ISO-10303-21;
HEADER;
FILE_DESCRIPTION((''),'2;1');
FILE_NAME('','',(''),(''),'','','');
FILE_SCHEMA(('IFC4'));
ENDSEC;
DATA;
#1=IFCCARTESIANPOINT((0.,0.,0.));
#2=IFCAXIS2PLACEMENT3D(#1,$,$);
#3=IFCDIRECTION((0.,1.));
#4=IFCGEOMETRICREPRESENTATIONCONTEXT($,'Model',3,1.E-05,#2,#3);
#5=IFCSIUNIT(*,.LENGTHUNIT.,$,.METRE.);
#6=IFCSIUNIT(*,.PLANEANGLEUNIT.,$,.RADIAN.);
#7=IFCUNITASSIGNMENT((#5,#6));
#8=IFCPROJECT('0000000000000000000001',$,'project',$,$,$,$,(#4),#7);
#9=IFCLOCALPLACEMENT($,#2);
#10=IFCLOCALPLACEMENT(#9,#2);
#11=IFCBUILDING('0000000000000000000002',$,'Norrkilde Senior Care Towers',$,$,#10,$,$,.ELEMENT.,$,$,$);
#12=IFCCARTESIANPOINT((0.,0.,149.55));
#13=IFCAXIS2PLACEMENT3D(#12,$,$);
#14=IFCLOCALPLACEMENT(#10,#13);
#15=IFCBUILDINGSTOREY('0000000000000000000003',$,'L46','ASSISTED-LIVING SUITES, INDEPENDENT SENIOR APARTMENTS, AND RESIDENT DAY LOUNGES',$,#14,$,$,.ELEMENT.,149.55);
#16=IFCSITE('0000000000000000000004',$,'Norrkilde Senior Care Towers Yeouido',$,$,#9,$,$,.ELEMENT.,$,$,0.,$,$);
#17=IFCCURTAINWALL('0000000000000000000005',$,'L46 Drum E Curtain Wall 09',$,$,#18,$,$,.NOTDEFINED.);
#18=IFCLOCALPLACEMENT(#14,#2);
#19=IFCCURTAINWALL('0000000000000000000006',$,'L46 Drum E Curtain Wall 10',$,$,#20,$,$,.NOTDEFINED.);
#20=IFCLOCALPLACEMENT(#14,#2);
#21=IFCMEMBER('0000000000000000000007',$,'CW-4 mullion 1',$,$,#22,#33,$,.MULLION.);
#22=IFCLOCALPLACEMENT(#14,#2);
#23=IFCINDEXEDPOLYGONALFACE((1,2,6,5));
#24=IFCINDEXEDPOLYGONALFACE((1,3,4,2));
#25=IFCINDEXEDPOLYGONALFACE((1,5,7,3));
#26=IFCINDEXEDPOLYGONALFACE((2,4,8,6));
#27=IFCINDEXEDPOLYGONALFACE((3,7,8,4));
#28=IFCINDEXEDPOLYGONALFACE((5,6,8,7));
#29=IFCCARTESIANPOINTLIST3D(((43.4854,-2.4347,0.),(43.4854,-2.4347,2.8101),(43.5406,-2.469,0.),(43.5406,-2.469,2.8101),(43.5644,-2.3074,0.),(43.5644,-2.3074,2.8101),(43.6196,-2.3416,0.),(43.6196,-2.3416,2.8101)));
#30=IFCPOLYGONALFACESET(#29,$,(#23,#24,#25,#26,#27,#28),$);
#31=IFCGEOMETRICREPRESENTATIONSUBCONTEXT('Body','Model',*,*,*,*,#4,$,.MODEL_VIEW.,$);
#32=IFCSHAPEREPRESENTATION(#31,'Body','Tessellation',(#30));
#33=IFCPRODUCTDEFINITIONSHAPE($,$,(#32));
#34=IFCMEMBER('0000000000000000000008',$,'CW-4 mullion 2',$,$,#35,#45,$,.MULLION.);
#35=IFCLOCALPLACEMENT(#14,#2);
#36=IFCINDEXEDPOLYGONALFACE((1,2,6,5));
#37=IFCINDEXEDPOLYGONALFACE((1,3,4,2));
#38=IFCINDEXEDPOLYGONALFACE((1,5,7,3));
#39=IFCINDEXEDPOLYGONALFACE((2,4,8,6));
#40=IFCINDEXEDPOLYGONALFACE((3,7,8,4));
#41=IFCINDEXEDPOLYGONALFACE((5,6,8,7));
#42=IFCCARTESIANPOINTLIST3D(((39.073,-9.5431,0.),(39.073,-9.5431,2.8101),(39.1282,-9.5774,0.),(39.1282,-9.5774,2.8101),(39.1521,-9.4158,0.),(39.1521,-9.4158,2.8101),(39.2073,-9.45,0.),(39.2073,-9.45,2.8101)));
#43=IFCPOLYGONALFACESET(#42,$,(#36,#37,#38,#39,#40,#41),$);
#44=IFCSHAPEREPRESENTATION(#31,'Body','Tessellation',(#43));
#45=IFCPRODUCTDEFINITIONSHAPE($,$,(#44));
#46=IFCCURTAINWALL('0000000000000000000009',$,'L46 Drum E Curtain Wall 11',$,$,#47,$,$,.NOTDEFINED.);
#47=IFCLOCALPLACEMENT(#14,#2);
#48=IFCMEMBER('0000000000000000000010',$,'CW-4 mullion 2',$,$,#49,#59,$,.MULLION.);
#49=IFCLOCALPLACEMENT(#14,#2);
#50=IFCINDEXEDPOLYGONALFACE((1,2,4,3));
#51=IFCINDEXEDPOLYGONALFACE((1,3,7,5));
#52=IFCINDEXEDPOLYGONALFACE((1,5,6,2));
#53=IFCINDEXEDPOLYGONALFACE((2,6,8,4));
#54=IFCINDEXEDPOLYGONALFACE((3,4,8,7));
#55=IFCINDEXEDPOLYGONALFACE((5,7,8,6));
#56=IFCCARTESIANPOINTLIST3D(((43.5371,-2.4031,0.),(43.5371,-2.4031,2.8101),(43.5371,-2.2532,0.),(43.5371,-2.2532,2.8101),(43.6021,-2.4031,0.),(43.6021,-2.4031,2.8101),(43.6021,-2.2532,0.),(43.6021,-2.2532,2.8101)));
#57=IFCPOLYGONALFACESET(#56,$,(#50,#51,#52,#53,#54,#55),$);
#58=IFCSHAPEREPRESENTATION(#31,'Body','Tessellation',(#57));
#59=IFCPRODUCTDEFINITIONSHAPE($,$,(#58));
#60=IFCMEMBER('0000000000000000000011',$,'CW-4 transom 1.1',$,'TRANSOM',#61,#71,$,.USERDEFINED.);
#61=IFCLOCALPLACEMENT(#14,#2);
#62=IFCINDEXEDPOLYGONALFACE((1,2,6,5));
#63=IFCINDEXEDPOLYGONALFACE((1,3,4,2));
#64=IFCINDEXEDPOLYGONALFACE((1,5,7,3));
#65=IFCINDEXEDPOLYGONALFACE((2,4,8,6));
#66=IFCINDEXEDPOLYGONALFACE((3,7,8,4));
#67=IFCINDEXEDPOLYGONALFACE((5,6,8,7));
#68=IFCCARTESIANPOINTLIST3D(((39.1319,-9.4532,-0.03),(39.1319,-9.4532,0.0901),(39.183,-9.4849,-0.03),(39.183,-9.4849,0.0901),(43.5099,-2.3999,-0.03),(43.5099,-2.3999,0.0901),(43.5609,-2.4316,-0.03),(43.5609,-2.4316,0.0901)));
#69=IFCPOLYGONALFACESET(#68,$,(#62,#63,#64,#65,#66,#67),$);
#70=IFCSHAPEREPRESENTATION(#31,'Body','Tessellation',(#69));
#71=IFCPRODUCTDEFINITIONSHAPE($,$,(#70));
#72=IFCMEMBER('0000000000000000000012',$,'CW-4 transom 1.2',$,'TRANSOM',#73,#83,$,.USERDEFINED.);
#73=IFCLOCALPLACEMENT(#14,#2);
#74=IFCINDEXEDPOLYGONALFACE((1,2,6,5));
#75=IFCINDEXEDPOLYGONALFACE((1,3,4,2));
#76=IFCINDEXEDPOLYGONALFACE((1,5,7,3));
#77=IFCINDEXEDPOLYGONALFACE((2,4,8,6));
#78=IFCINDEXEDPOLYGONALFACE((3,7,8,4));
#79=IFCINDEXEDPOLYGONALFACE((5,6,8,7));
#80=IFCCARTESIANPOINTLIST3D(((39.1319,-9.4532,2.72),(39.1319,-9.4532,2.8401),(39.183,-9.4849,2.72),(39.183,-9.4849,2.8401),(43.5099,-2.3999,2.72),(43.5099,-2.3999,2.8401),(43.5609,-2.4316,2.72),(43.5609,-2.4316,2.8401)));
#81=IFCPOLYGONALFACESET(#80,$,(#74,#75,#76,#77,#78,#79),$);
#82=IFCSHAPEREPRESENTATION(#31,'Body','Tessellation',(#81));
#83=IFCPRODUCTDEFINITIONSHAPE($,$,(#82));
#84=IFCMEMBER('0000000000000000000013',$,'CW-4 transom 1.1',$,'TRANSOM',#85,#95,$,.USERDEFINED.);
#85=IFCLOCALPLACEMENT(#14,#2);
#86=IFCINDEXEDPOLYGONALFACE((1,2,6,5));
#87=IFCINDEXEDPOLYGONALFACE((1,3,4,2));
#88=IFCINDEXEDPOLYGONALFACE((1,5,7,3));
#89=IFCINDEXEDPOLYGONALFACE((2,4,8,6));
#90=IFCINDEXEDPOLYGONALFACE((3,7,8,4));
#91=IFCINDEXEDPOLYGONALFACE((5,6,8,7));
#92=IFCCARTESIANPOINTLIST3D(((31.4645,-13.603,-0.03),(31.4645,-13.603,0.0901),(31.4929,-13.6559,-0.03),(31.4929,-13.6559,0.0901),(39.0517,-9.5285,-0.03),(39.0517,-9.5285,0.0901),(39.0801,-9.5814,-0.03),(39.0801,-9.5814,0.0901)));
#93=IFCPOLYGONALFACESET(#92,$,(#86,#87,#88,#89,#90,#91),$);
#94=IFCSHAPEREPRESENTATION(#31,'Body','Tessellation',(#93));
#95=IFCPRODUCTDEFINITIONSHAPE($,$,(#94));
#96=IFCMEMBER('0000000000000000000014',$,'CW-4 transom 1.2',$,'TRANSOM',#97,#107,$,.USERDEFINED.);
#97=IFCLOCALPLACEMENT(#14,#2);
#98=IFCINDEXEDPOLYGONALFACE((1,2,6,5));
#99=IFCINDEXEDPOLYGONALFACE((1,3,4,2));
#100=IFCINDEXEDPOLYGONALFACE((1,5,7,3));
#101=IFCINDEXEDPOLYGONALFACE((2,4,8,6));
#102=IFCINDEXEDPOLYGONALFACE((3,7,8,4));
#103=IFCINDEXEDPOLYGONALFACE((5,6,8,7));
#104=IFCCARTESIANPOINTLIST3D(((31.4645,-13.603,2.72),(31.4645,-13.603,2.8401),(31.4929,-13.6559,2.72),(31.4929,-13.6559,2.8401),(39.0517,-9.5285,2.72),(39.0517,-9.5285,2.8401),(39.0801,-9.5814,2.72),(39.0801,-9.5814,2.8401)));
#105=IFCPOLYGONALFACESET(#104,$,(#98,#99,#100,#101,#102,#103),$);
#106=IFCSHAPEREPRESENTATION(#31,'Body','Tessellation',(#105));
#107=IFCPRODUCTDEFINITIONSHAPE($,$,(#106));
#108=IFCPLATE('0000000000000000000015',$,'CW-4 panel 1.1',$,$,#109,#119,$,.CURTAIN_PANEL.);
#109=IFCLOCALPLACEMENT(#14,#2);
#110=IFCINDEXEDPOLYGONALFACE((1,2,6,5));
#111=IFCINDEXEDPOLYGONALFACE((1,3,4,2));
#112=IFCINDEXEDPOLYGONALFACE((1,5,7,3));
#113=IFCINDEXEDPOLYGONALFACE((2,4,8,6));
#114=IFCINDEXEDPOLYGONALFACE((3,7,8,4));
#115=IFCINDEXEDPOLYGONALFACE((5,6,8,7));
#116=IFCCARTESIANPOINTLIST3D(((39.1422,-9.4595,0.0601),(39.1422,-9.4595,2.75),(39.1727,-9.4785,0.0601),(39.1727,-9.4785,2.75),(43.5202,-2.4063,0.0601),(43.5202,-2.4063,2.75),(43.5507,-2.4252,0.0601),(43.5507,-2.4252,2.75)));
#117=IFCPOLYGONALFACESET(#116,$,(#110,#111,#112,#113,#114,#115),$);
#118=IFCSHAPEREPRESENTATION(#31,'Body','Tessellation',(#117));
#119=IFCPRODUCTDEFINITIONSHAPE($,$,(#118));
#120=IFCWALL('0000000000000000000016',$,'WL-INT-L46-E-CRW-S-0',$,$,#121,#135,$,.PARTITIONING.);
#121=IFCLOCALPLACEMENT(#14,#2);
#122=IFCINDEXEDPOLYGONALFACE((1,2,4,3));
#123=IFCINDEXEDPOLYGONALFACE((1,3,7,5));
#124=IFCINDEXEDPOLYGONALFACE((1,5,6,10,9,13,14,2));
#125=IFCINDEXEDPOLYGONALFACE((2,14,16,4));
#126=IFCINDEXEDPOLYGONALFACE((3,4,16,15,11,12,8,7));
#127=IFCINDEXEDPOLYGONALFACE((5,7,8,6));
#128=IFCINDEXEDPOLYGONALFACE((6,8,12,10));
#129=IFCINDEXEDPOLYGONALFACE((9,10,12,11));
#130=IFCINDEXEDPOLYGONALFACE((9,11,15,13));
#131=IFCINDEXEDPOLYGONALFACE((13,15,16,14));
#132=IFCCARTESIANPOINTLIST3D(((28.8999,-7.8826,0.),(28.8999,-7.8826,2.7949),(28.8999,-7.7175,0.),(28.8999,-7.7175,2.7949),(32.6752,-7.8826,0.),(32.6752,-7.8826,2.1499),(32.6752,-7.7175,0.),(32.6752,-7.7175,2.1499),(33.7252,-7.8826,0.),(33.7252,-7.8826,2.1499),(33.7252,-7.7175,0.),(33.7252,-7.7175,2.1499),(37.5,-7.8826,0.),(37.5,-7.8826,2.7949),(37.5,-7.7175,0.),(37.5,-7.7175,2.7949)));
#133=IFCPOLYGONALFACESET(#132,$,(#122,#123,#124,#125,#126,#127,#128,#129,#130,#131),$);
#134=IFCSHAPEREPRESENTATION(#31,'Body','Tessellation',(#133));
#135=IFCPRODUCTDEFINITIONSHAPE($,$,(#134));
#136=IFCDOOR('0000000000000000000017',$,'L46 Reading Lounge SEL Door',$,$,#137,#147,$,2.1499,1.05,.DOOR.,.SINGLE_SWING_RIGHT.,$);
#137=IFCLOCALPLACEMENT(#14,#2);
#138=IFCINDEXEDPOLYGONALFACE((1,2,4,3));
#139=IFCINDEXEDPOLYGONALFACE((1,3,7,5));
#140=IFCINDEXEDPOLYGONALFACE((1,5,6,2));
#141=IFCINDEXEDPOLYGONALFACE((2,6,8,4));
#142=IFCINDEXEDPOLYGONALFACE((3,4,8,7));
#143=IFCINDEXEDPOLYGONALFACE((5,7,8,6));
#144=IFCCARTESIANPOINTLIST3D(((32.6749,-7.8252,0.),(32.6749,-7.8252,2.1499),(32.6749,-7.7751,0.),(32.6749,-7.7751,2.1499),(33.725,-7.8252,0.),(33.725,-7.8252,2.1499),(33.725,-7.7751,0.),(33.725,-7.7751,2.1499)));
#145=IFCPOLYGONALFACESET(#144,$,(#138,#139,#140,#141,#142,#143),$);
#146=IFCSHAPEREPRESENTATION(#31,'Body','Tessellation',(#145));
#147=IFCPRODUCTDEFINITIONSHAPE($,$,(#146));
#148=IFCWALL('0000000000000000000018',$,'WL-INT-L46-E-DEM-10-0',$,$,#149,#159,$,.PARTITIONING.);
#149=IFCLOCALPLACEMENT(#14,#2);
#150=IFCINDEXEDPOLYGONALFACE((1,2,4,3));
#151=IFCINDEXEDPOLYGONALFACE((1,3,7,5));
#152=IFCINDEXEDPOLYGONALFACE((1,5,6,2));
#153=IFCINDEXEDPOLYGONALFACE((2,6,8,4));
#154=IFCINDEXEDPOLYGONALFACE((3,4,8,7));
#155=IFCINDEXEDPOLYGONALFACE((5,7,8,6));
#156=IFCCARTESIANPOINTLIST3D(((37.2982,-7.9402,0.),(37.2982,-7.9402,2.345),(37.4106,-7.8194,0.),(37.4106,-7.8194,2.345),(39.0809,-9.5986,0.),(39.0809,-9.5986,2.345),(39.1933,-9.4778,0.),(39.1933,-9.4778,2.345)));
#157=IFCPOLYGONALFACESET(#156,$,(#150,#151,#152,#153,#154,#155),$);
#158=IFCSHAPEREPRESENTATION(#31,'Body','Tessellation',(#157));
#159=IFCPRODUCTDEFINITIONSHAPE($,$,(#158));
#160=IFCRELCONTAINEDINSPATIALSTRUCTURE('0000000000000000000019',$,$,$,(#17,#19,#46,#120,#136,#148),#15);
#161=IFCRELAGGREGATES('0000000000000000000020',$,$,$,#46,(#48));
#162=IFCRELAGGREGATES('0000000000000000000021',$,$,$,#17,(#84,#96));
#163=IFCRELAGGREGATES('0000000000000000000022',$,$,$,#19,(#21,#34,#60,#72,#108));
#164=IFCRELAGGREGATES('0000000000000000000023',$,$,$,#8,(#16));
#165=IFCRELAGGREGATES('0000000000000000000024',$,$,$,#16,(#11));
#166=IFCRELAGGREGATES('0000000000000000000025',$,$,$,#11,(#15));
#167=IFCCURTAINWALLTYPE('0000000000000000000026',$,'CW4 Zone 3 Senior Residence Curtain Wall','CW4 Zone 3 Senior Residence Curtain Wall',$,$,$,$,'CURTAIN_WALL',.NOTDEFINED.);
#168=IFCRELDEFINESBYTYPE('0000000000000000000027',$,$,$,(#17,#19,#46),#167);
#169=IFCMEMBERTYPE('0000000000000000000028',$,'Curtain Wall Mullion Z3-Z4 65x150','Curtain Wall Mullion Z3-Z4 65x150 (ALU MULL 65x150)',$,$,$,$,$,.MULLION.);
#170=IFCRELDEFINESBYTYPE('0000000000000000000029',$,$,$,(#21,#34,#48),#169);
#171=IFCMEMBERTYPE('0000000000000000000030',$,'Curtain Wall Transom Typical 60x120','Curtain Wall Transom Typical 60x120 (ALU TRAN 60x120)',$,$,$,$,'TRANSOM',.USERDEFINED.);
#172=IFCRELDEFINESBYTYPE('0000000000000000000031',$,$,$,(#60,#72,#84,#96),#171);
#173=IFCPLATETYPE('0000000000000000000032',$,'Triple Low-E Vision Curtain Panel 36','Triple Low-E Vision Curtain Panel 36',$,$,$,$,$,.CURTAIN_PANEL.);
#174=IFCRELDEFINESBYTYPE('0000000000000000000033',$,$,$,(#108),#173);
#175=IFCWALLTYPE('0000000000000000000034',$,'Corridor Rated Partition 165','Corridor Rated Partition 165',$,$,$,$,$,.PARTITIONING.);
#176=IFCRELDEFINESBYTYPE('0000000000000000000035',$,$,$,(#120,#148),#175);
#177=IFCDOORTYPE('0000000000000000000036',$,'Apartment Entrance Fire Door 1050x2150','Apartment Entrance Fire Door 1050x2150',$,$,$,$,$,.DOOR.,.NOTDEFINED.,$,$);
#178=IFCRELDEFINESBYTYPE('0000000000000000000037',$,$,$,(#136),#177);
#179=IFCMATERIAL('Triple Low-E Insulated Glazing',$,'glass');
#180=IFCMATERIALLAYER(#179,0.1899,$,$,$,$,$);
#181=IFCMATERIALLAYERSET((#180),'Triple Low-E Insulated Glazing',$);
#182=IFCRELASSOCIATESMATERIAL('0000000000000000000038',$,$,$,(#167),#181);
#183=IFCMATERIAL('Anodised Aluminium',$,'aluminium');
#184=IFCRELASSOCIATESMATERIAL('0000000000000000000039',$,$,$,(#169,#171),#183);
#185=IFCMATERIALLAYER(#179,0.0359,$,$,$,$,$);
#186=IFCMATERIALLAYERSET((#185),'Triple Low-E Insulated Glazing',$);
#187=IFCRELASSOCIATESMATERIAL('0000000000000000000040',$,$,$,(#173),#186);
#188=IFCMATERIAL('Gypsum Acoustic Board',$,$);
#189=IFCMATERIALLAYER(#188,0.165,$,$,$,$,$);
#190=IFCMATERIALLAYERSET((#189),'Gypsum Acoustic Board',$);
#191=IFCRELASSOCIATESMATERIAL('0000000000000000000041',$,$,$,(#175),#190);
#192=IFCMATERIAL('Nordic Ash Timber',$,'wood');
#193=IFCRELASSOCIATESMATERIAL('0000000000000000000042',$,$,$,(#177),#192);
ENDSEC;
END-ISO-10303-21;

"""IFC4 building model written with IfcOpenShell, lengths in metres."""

from ifc_helpers import new_model, si_unit, direction, frame, frame_2d, origin, origin_2d, place, context, subcontext, project, spatial, rectangle, extrude, source, transform, mapped, material, layer, layer_set, material_profile, profile_set, type_object, type_shapes, element, fill, aggregate, save


model = new_model("IFC4")

# Units and contexts
model_context = context("Model", 3, precision=1e-05, world=origin(), true_north=direction((0.0, 1.0)))
body_context = subcontext(model_context, "Body", "Model", "MODEL_VIEW")
ifc_project = project(units=[si_unit("LENGTHUNIT", "METRE"), si_unit("PLANEANGLEUNIT", "RADIAN")], contexts=[model_context])

# Site, building, storey
site_placement = place(None, origin())
site = spatial("IfcSite", under=ifc_project, at=site_placement, Name="Norrkilde Senior Care Towers Yeouido", CompositionType="ELEMENT", RefElevation=0.0)
building_placement = place(site_placement, origin())
building = spatial("IfcBuilding", under=site, at=building_placement, Name="Norrkilde Senior Care Towers", CompositionType="ELEMENT")
storey_placement = place(building_placement, frame((0.0, 0.0, 149.55)))
storey = spatial("IfcBuildingStorey", under=building, at=storey_placement, Name="L46", Description="ASSISTED-LIVING SUITES, INDEPENDENT SENIOR APARTMENTS, AND RESIDENT DAY LOUNGES", CompositionType="ELEMENT", Elevation=149.55)

# Curtain wall
ifc_material_1 = material(Name="Triple Low-E Insulated Glazing", Category="glass")
ifc_layer_1 = layer(ifc_material_1, 0.1899)
ifc_layer_set_1 = layer_set([ifc_layer_1], Name="Triple Low-E Insulated Glazing")
curtain_wall_type = type_object("IfcCurtainWallType", Name="CW4 Zone 3 Senior Residence Curtain Wall", Description="CW4 Zone 3 Senior Residence Curtain Wall", ElementType="CURTAIN_WALL", PredefinedType="NOTDEFINED", material=ifc_layer_set_1)
curtain_wall_1_placement = place(storey_placement, origin())
curtain_wall_1 = element("IfcCurtainWall", 1, at=curtain_wall_1_placement, inside=storey, type_object=curtain_wall_type, Name="L46 Drum E Curtain Wall 09", PredefinedType="NOTDEFINED")
ifc_material_2 = material(Name="Anodised Aluminium", Category="aluminium")
ifc_material_profile_1 = material_profile(ifc_material_2, rectangle(XDim=0.0649, YDim=0.1499, at=origin_2d()), Name="ALU MULL 65x150")
ifc_profile_set_1 = profile_set([ifc_material_profile_1], Name="Anodised Aluminium")
member_type_1 = type_object("IfcMemberType", Name="Curtain Wall Mullion Z3-Z4 65x150", Description="Curtain Wall Mullion Z3-Z4 65x150 (ALU MULL 65x150)", PredefinedType="MULLION", material=ifc_profile_set_1)
shared_shape_1 = source(origin(), body_context, "Body", "SweptSolid", [
    extrude(rectangle(XDim=0.0649, YDim=0.1499, at=origin_2d()), origin(), (0.0, 0.0, 1.0), 2.8101),
])
type_shapes(member_type_1, [shared_shape_1])

# Curtain wall, members
curtain_wall_2_placement = place(storey_placement, origin())
curtain_wall_2 = element("IfcCurtainWall", 2, at=curtain_wall_2_placement, inside=storey, type_object=curtain_wall_type, Name="L46 Drum E Curtain Wall 10", PredefinedType="NOTDEFINED")
member_1_placement = place(storey_placement, frame((43.5525, -2.3882, 0.0), z_axis=(0.0, 0.0, 1.0), x_axis=(0.849634, -0.527373, 0.0)))
member_1 = element("IfcMember", 3, at=member_1_placement, type_object=member_type_1, Name="CW-4 mullion 1", PredefinedType="MULLION", context=body_context, shape_type="MappedRepresentation", body=[
    mapped(shared_shape_1, transform((0.0, 0.0, 0.0), x_axis=(1.0, 0.0, 0.0), y_axis=(0.0, 1.0, 0.0), z_axis=(0.0, 0.0, 1.0), scale=1.0)),
])
member_2_placement = place(storey_placement, frame((39.1401, -9.4966, 0.0), z_axis=(0.0, 0.0, 1.0), x_axis=(0.849634, -0.527373, 0.0)))
member_2 = element("IfcMember", 4, at=member_2_placement, type_object=member_type_1, Name="CW-4 mullion 2", PredefinedType="MULLION", context=body_context, shape_type="MappedRepresentation", body=[
    mapped(shared_shape_1, transform((0.0, 0.0, 0.0), x_axis=(1.0, 0.0, 0.0), y_axis=(0.0, 1.0, 0.0), z_axis=(0.0, 0.0, 1.0), scale=1.0)),
])

# Curtain wall, member
curtain_wall_3_placement = place(storey_placement, origin())
curtain_wall_3 = element("IfcCurtainWall", 5, at=curtain_wall_3_placement, inside=storey, type_object=curtain_wall_type, Name="L46 Drum E Curtain Wall 11", PredefinedType="NOTDEFINED")
member_3_placement = place(storey_placement, frame((43.5696, -2.3281, 0.0), z_axis=(0.0, 0.0, 1.0), x_axis=(1.0, 0.0, 0.0)))
member_3 = element("IfcMember", 6, at=member_3_placement, type_object=member_type_1, Name="CW-4 mullion 2", PredefinedType="MULLION", context=body_context, shape_type="MappedRepresentation", body=[
    mapped(shared_shape_1, transform((0.0, 0.0, 0.0), x_axis=(1.0, 0.0, 0.0), y_axis=(0.0, 1.0, 0.0), z_axis=(0.0, 0.0, 1.0), scale=1.0)),
])
aggregate(curtain_wall_3, [member_3])

# Members
ifc_material_profile_2 = material_profile(ifc_material_2, rectangle(XDim=0.0601, YDim=0.1201, at=origin_2d()), Name="ALU TRAN 60x120")
ifc_profile_set_2 = profile_set([ifc_material_profile_2], Name="Anodised Aluminium")
member_type_2 = type_object("IfcMemberType", Name="Curtain Wall Transom Typical 60x120", Description="Curtain Wall Transom Typical 60x120 (ALU TRAN 60x120)", ElementType="TRANSOM", PredefinedType="USERDEFINED", material=ifc_profile_set_2)
shared_shape_2 = source(origin(), body_context, "Body", "SweptSolid", [
    extrude(rectangle(XDim=0.0601, YDim=0.1201, at=origin_2d()), origin(), (0.0, 0.0, 1.0), 8.3015),
])
member_4_placement = place(storey_placement, frame((43.5354, -2.4158, 0.03), z_axis=(-0.527369, -0.849637, 0.0), x_axis=(0.849637, -0.527369, 0.0)))
member_4 = element("IfcMember", 7, at=member_4_placement, type_object=member_type_2, Name="CW-4 transom 1.1", ObjectType="TRANSOM", PredefinedType="USERDEFINED", context=body_context, shape_type="MappedRepresentation", body=[
    mapped(shared_shape_2, transform((0.0, 0.0, 0.0), x_axis=(1.0, 0.0, 0.0), y_axis=(0.0, 1.0, 0.0), z_axis=(0.0, 0.0, 1.0), scale=1.0)),
])
member_5_placement = place(storey_placement, frame((43.5354, -2.4158, 2.78), z_axis=(-0.527369, -0.849637, 0.0), x_axis=(0.849637, -0.527369, 0.0)))
member_5 = element("IfcMember", 8, at=member_5_placement, type_object=member_type_2, Name="CW-4 transom 1.2", ObjectType="TRANSOM", PredefinedType="USERDEFINED", context=body_context, shape_type="MappedRepresentation", body=[
    mapped(shared_shape_2, transform((0.0, 0.0, 0.0), x_axis=(1.0, 0.0, 0.0), y_axis=(0.0, 1.0, 0.0), z_axis=(0.0, 0.0, 1.0), scale=1.0)),
])
shared_shape_3 = source(origin(), body_context, "Body", "SweptSolid", [
    extrude(rectangle(XDim=0.0601, YDim=0.1201, at=origin_2d()), origin(), (0.0, 0.0, 1.0), 8.6121),
])
type_shapes(member_type_2, [shared_shape_2, shared_shape_3])
member_6_placement = place(storey_placement, frame((39.0659, -9.5549, 0.03), z_axis=(-0.881, -0.473116, 0.0), x_axis=(0.473116, -0.881, 0.0)))
member_6 = element("IfcMember", 9, at=member_6_placement, type_object=member_type_2, Name="CW-4 transom 1.1", ObjectType="TRANSOM", PredefinedType="USERDEFINED", context=body_context, shape_type="MappedRepresentation", body=[
    mapped(shared_shape_3, transform((0.0, 0.0, 0.0), x_axis=(1.0, 0.0, 0.0), y_axis=(0.0, 1.0, 0.0), z_axis=(0.0, 0.0, 1.0), scale=1.0)),
])
member_7_placement = place(storey_placement, frame((39.0659, -9.5549, 2.78), z_axis=(-0.881, -0.473116, 0.0), x_axis=(0.473116, -0.881, 0.0)))
member_7 = element("IfcMember", 10, at=member_7_placement, type_object=member_type_2, Name="CW-4 transom 1.2", ObjectType="TRANSOM", PredefinedType="USERDEFINED", context=body_context, shape_type="MappedRepresentation", body=[
    mapped(shared_shape_3, transform((0.0, 0.0, 0.0), x_axis=(1.0, 0.0, 0.0), y_axis=(0.0, 1.0, 0.0), z_axis=(0.0, 0.0, 1.0), scale=1.0)),
])
aggregate(curtain_wall_1, [member_6, member_7])

# Plate
ifc_layer_2 = layer(ifc_material_1, 0.0359)
ifc_layer_set_2 = layer_set([ifc_layer_2], Name="Triple Low-E Insulated Glazing")
plate_type = type_object("IfcPlateType", Name="Triple Low-E Vision Curtain Panel 36", Description="Triple Low-E Vision Curtain Panel 36", PredefinedType="CURTAIN_PANEL", material=ifc_layer_set_2)
shared_shape_4 = source(origin(), body_context, "Body", "SweptSolid", [
    extrude(rectangle(XDim=8.3015, YDim=0.0359, at=origin_2d()), origin(), (0.0, 0.0, 1.0), 2.6899),
])
type_shapes(plate_type, [shared_shape_4])
plate_placement = place(storey_placement, frame((41.3464, -5.9424, 0.0601), z_axis=(0.0, 0.0, 1.0), x_axis=(-0.527373, -0.849634, 0.0)))
plate = element("IfcPlate", 11, at=plate_placement, type_object=plate_type, Name="CW-4 panel 1.1", PredefinedType="CURTAIN_PANEL", context=body_context, shape_type="MappedRepresentation", body=[
    mapped(shared_shape_4, transform((0.0, 0.0, 0.0), x_axis=(1.0, 0.0, 0.0), y_axis=(0.0, 1.0, 0.0), z_axis=(0.0, 0.0, 1.0), scale=1.0)),
])
aggregate(curtain_wall_2, [member_1, member_2, member_4, member_5, plate])

# Wall, opening, door
ifc_material_3 = material(Name="Gypsum Acoustic Board")
ifc_layer_3 = layer(ifc_material_3, 0.165)
ifc_layer_set_3 = layer_set([ifc_layer_3], Name="Gypsum Acoustic Board")
wall_type_1 = type_object("IfcWallType", Name="Corridor Rated Partition 165", Description="Corridor Rated Partition 165", PredefinedType="PARTITIONING", material=ifc_layer_set_3)
shared_shape_5 = source(origin(), body_context, "Body", "SweptSolid", [
    extrude(rectangle(XDim=8.6001, YDim=0.165, at=frame_2d((4.3, 0.0))), origin(), (0.0, 0.0, 1.0), 2.7949),
])
wall_1_placement = place(storey_placement, frame((37.5, -7.8, 0.0), z_axis=(0.0, 0.0, 1.0), x_axis=(-1.0, 0.0, 0.0)))
wall_1 = element("IfcWall", 12, at=wall_1_placement, inside=storey, type_object=wall_type_1, Name="WL-INT-L46-E-CRW-S-0", PredefinedType="PARTITIONING", context=body_context, shape_type="MappedRepresentation", body=[
    mapped(shared_shape_5, transform((0.0, 0.0, 0.0), x_axis=(1.0, 0.0, 0.0), y_axis=(0.0, 1.0, 0.0), z_axis=(0.0, 0.0, 1.0), scale=1.0)),
])
opening_1_placement = place(wall_1_placement, frame((3.7749, 0.0, 0.0)))
opening_1 = element("IfcOpeningElement", 13, at=opening_1_placement, cuts=wall_1, PredefinedType="OPENING", context=body_context, shape_type="SweptSolid", body=[
    extrude(rectangle(XDim=1.05, YDim=2.1499, at=frame_2d((0.5249, 1.075))), frame((0.0, 0.0925, 0.0), z_axis=(0.0, -1.0, 0.0), x_axis=(1.0, 0.0, 0.0)), (0.0, 0.0, 1.0), 0.1851),
])
ifc_material_4 = material(Name="Nordic Ash Timber", Category="wood")
door_type_1 = type_object("IfcDoorType", Name="Apartment Entrance Fire Door 1050x2150", Description="Apartment Entrance Fire Door 1050x2150", OperationType="NOTDEFINED", PredefinedType="DOOR", material=ifc_material_4)
shared_shape_6 = source(origin(), body_context, "Body", "SweptSolid", [
    extrude(rectangle(XDim=1.05, YDim=2.1499, at=frame_2d((0.5249, 1.075))), frame((0.0, 0.0249, 0.0), z_axis=(0.0, -1.0, 0.0), x_axis=(1.0, 0.0, 0.0)), (0.0, 0.0, 1.0), 0.05),
])
type_shapes(door_type_1, [shared_shape_6])
door_1_placement = place(opening_1_placement, frame((1.05, 0.0, 0.0), z_axis=(0.0, 0.0, 1.0), x_axis=(-1.0, 0.0, 0.0)))
door_1 = element("IfcDoor", 14, at=door_1_placement, inside=storey, type_object=door_type_1, Name="L46 Reading Lounge SEL Door", OperationType="SINGLE_SWING_RIGHT", OverallHeight=2.1499, OverallWidth=1.05, PredefinedType="DOOR", context=body_context, shape_type="MappedRepresentation", body=[
    mapped(shared_shape_6, transform((0.0, 0.0, 0.0), x_axis=(1.0, 0.0, 0.0), y_axis=(0.0, 1.0, 0.0), z_axis=(0.0, 0.0, 1.0), scale=1.0)),
])
fill(opening_1, door_1)

# Wall
shared_shape_7 = source(origin(), body_context, "Body", "SweptSolid", [
    extrude(rectangle(XDim=2.4348, YDim=0.165, at=frame_2d((1.2173, 0.0))), origin(), (0.0, 0.0, 1.0), 2.345),
])
type_shapes(wall_type_1, [shared_shape_5, shared_shape_7])
wall_2_placement = place(storey_placement, frame((37.3545, -7.8799, 0.0), z_axis=(0.0, 0.0, 1.0), x_axis=(0.732165, -0.681128, 0.0)))
element("IfcWall", 15, at=wall_2_placement, inside=storey, type_object=wall_type_1, Name="WL-INT-L46-E-DEM-10-0", PredefinedType="PARTITIONING", context=body_context, shape_type="MappedRepresentation", body=[
    mapped(shared_shape_7, transform((0.0, 0.0, 0.0), x_axis=(1.0, 0.0, 0.0), y_axis=(0.0, 1.0, 0.0), z_axis=(0.0, 0.0, 1.0), scale=1.0)),
])

save(model, "model.ifc")
